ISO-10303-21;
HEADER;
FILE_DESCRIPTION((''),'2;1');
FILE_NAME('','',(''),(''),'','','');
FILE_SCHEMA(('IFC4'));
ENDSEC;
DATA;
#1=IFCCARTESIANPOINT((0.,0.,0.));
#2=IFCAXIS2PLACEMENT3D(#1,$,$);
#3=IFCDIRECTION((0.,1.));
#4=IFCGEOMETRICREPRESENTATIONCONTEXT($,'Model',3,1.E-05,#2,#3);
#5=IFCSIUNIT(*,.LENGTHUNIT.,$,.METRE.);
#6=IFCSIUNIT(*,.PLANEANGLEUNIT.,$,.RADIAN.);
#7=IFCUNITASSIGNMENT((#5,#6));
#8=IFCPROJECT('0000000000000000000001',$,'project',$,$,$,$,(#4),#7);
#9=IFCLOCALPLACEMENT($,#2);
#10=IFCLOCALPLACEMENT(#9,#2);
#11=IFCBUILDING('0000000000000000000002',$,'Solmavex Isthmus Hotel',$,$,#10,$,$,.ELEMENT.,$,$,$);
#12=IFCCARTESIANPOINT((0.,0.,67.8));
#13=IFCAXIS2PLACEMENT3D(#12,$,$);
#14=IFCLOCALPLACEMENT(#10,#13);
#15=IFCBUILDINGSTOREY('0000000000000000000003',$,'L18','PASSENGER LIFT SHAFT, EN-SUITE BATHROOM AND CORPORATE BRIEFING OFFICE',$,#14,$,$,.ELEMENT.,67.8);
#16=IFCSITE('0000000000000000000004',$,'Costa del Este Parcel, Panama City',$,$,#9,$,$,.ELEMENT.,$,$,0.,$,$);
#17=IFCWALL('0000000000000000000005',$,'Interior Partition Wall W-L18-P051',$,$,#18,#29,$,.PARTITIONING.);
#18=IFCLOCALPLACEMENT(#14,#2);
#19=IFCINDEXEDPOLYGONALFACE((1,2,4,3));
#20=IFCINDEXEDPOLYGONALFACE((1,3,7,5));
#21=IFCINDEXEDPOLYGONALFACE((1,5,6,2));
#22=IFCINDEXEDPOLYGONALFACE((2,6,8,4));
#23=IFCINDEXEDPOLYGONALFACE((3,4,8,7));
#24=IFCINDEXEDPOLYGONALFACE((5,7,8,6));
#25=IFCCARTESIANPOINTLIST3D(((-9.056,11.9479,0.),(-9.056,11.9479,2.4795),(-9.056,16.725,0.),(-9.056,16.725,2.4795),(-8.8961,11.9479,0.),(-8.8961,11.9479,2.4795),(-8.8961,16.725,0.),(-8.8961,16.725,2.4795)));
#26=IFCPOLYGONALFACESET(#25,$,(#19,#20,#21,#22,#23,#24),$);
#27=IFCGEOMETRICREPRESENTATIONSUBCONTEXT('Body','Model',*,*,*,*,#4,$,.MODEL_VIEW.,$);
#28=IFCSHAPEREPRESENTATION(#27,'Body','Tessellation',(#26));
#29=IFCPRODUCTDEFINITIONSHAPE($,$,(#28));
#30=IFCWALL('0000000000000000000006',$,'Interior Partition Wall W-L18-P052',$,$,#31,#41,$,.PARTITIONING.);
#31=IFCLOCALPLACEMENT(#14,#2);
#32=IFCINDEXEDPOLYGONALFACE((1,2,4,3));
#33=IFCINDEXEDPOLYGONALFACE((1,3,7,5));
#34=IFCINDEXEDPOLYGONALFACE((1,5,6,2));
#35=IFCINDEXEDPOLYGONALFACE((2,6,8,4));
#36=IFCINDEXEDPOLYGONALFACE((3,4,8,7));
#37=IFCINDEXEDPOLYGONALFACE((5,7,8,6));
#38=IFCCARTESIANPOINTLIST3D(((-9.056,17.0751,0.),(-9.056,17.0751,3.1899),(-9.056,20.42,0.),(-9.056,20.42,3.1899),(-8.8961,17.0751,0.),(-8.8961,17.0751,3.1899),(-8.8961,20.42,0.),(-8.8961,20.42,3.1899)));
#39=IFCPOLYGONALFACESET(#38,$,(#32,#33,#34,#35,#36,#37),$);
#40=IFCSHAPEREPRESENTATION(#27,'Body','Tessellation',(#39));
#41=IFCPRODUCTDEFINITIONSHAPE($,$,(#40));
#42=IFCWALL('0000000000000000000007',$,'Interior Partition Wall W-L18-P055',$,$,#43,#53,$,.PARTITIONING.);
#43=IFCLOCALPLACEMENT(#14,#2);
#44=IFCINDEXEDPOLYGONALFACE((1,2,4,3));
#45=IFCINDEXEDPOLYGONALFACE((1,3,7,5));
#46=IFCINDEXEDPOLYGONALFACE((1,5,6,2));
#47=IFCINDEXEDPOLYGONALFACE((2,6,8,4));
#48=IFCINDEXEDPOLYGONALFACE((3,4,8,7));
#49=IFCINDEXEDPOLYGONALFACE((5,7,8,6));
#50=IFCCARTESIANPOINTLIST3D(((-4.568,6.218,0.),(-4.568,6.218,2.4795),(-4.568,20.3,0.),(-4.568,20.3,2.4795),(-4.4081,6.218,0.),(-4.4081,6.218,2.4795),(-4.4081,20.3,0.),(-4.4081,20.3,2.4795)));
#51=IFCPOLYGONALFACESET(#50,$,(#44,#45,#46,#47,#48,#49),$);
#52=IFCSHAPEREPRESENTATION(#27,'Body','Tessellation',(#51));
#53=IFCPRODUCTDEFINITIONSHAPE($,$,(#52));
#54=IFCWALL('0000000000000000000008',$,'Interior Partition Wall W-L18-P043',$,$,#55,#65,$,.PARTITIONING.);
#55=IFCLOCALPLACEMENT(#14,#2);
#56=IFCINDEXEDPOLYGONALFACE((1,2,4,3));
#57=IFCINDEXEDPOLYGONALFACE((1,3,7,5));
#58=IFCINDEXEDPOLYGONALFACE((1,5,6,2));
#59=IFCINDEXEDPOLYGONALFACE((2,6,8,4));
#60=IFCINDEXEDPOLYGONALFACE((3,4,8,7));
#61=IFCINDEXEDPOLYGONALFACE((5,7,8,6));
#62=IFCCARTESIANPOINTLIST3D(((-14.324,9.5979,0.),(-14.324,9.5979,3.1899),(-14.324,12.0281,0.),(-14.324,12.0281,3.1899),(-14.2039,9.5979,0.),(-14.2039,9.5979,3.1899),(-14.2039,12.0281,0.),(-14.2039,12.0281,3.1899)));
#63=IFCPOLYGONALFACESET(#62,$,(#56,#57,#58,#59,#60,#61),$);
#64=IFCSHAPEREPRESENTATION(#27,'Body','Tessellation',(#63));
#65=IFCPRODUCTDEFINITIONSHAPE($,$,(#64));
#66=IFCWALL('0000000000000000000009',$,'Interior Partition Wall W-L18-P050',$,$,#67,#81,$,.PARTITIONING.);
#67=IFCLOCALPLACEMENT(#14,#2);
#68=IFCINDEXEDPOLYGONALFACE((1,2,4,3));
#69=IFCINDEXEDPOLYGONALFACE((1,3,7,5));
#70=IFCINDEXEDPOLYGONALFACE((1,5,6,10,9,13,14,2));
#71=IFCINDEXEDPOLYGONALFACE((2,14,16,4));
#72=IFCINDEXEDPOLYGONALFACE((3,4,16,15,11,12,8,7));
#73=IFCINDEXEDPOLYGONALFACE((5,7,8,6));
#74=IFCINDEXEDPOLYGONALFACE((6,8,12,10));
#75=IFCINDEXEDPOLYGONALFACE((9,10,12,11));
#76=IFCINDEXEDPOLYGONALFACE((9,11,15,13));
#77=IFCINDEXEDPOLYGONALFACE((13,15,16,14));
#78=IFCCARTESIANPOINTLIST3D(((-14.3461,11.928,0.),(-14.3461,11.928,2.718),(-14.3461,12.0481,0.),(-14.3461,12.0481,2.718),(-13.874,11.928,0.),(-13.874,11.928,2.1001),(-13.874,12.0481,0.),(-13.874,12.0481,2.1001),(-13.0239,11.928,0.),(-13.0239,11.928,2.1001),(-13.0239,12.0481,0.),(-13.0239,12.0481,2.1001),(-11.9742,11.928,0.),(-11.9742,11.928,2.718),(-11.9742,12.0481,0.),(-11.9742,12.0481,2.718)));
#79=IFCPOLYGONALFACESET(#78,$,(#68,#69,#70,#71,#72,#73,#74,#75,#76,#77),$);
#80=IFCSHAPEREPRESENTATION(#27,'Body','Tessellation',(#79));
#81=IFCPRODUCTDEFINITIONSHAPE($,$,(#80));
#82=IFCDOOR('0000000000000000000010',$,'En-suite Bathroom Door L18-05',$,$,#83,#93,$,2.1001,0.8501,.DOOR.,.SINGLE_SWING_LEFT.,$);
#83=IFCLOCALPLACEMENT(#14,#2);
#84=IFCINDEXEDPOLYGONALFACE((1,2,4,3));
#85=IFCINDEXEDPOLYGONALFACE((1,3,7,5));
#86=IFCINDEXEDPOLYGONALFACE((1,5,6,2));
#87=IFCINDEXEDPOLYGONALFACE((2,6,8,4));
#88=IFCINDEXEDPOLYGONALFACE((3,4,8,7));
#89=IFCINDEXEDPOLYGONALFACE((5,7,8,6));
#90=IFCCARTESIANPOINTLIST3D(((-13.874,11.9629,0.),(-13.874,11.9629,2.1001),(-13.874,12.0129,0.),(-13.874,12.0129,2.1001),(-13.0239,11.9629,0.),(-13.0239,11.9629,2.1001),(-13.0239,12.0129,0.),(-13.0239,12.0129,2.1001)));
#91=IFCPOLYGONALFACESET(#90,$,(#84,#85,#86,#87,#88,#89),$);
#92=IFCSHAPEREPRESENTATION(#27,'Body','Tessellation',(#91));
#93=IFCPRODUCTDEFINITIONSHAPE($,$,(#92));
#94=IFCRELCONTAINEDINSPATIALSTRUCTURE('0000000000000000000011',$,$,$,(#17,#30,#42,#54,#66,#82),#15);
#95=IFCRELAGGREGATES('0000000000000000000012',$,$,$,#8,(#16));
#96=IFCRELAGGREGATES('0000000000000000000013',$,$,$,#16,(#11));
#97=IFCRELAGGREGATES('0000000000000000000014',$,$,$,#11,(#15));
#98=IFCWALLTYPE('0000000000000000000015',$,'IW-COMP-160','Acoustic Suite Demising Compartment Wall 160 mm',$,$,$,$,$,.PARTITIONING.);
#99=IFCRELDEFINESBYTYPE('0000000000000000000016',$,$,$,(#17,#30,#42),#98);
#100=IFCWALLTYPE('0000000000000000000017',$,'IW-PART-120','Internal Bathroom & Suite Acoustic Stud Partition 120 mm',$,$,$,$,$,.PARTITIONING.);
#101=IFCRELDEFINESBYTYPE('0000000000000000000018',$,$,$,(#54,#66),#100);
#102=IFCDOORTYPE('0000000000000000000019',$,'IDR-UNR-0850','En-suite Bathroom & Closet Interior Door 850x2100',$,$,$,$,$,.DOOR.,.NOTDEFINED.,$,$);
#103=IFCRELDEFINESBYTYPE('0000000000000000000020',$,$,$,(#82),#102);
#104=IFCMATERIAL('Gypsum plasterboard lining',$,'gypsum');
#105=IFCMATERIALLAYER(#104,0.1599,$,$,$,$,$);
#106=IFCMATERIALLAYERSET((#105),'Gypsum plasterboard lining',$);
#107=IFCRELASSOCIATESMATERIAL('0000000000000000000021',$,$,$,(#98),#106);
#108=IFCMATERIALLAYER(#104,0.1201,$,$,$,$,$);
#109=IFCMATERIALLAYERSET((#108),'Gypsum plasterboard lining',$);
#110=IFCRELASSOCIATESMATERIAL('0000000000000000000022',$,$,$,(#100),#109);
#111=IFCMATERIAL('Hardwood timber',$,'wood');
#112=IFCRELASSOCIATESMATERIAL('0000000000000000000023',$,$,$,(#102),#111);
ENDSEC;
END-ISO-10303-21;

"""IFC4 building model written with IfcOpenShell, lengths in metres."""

from ifc_helpers import new_model, si_unit, direction, frame, frame_2d, origin, place, context, subcontext, project, spatial, rectangle, extrude, material, layer, layer_set, type_object, element, fill, save


model = new_model("IFC4")

# Units and contexts
model_context = context("Model", 3, precision=1e-05, world=origin(), true_north=direction((0.0, 1.0)))
body_context = subcontext(model_context, "Body", "Model", "MODEL_VIEW")
ifc_project = project(units=[si_unit("LENGTHUNIT", "METRE"), si_unit("PLANEANGLEUNIT", "RADIAN")], contexts=[model_context])

# Site, building, storey
site_placement = place(None, origin())
site = spatial("IfcSite", under=ifc_project, at=site_placement, Name="Costa del Este Parcel, Panama City", CompositionType="ELEMENT", RefElevation=0.0)
building_placement = place(site_placement, origin())
building = spatial("IfcBuilding", under=site, at=building_placement, Name="Solmavex Isthmus Hotel", CompositionType="ELEMENT")
storey_placement = place(building_placement, frame((0.0, 0.0, 67.8)))
storey = spatial("IfcBuildingStorey", under=building, at=storey_placement, Name="L18", Description="PASSENGER LIFT SHAFT, EN-SUITE BATHROOM AND CORPORATE BRIEFING OFFICE", CompositionType="ELEMENT", Elevation=67.8)

# Shared definitions
ifc_material_1 = material(Name="Gypsum plasterboard lining", Category="gypsum")
ifc_layer_1 = layer(ifc_material_1, 0.1599)
ifc_layer_set_1 = layer_set([ifc_layer_1], Name="Gypsum plasterboard lining")
wall_type_1 = type_object("IfcWallType", Name="IW-COMP-160", Description="Acoustic Suite Demising Compartment Wall 160 mm", PredefinedType="PARTITIONING", material=ifc_layer_set_1)
ifc_material_2 = material(Name="Hardwood timber", Category="wood")

# Walls
wall_1_placement = place(storey_placement, frame((-8.9761, 16.7251, 0.0), z_axis=(0.0, 0.0, 1.0), x_axis=(0.0, -1.0, 0.0)))
element("IfcWall", 1, at=wall_1_placement, inside=storey, type_object=wall_type_1, Name="Interior Partition Wall W-L18-P051", PredefinedType="PARTITIONING", context=body_context, shape_type="SweptSolid", body=[
    extrude(rectangle(XDim=4.7771, YDim=0.1599, at=frame_2d((2.3887, 0.0))), origin(), (0.0, 0.0, 1.0), 2.4795),
])
wall_2_placement = place(storey_placement, frame((-8.9761, 20.4199, 0.0), z_axis=(0.0, 0.0, 1.0), x_axis=(0.0, -1.0, 0.0)))
element("IfcWall", 2, at=wall_2_placement, inside=storey, type_object=wall_type_1, Name="Interior Partition Wall W-L18-P052", PredefinedType="PARTITIONING", context=body_context, shape_type="SweptSolid", body=[
    extrude(rectangle(XDim=3.345, YDim=0.1599, at=frame_2d((1.6724, 0.0))), origin(), (0.0, 0.0, 1.0), 3.1899),
])
wall_3_placement = place(storey_placement, frame((-4.488, 20.3, 0.0), z_axis=(0.0, 0.0, 1.0), x_axis=(0.0, -1.0, 0.0)))
element("IfcWall", 3, at=wall_3_placement, inside=storey, type_object=wall_type_1, Name="Interior Partition Wall W-L18-P055", PredefinedType="PARTITIONING", context=body_context, shape_type="SweptSolid", body=[
    extrude(rectangle(XDim=14.082, YDim=0.1599, at=frame_2d((7.041, 0.0))), origin(), (0.0, 0.0, 1.0), 2.4795),
])

# Wall
ifc_layer_2 = layer(ifc_material_1, 0.1201)
ifc_layer_set_2 = layer_set([ifc_layer_2], Name="Gypsum plasterboard lining")
wall_type_2 = type_object("IfcWallType", Name="IW-PART-120", Description="Internal Bathroom & Suite Acoustic Stud Partition 120 mm", PredefinedType="PARTITIONING", material=ifc_layer_set_2)
wall_4_placement = place(storey_placement, frame((-14.2639, 12.0281, 0.0), z_axis=(0.0, 0.0, 1.0), x_axis=(0.0, -1.0, 0.0)))
element("IfcWall", 4, at=wall_4_placement, inside=storey, type_object=wall_type_2, Name="Interior Partition Wall W-L18-P043", PredefinedType="PARTITIONING", context=body_context, shape_type="SweptSolid", body=[
    extrude(rectangle(XDim=2.4302, YDim=0.1201, at=frame_2d((1.2151, 0.0))), origin(), (0.0, 0.0, 1.0), 3.1899),
])

# Wall, opening, door
wall_5_placement = place(storey_placement, frame((-11.9741, 11.988, 0.0), z_axis=(0.0, 0.0, 1.0), x_axis=(-1.0, 0.0, 0.0)))
wall_5 = element("IfcWall", 5, at=wall_5_placement, inside=storey, type_object=wall_type_2, Name="Interior Partition Wall W-L18-P050", PredefinedType="PARTITIONING", context=body_context, shape_type="SweptSolid", body=[
    extrude(rectangle(XDim=2.3718, YDim=0.1201, at=frame_2d((1.186, 0.0))), origin(), (0.0, 0.0, 1.0), 2.718),
])
opening_1_placement = place(wall_5_placement, frame((1.0498, 0.0, 0.0)))
opening_1 = element("IfcOpeningElement", 6, at=opening_1_placement, cuts=wall_5, PredefinedType="OPENING", context=body_context, shape_type="SweptSolid", body=[
    extrude(rectangle(XDim=0.8501, YDim=2.1001, at=frame_2d((0.425, 1.05))), frame((0.0, 0.0701, 0.0), z_axis=(0.0, -1.0, 0.0), x_axis=(1.0, 0.0, 0.0)), (0.0, 0.0, 1.0), 0.1401),
])
door_type_1 = type_object("IfcDoorType", Name="IDR-UNR-0850", Description="En-suite Bathroom & Closet Interior Door 850x2100", OperationType="NOTDEFINED", PredefinedType="DOOR", material=ifc_material_2)
door_1_placement = place(opening_1_placement, frame((0.8501, 0.0, 0.0), z_axis=(0.0, 0.0, 1.0), x_axis=(-1.0, 0.0, 0.0)))
door_1 = element("IfcDoor", 7, at=door_1_placement, inside=storey, type_object=door_type_1, Name="En-suite Bathroom Door L18-05", OperationType="SINGLE_SWING_LEFT", OverallHeight=2.1001, OverallWidth=0.8501, PredefinedType="DOOR", context=body_context, shape_type="SweptSolid", body=[
    extrude(rectangle(XDim=0.8501, YDim=2.1001, at=frame_2d((0.425, 1.05))), frame((0.0, 0.0249, 0.0), z_axis=(0.0, -1.0, 0.0), x_axis=(1.0, 0.0, 0.0)), (0.0, 0.0, 1.0), 0.05),
])
fill(opening_1, door_1)

save(model, "model.ifc")
